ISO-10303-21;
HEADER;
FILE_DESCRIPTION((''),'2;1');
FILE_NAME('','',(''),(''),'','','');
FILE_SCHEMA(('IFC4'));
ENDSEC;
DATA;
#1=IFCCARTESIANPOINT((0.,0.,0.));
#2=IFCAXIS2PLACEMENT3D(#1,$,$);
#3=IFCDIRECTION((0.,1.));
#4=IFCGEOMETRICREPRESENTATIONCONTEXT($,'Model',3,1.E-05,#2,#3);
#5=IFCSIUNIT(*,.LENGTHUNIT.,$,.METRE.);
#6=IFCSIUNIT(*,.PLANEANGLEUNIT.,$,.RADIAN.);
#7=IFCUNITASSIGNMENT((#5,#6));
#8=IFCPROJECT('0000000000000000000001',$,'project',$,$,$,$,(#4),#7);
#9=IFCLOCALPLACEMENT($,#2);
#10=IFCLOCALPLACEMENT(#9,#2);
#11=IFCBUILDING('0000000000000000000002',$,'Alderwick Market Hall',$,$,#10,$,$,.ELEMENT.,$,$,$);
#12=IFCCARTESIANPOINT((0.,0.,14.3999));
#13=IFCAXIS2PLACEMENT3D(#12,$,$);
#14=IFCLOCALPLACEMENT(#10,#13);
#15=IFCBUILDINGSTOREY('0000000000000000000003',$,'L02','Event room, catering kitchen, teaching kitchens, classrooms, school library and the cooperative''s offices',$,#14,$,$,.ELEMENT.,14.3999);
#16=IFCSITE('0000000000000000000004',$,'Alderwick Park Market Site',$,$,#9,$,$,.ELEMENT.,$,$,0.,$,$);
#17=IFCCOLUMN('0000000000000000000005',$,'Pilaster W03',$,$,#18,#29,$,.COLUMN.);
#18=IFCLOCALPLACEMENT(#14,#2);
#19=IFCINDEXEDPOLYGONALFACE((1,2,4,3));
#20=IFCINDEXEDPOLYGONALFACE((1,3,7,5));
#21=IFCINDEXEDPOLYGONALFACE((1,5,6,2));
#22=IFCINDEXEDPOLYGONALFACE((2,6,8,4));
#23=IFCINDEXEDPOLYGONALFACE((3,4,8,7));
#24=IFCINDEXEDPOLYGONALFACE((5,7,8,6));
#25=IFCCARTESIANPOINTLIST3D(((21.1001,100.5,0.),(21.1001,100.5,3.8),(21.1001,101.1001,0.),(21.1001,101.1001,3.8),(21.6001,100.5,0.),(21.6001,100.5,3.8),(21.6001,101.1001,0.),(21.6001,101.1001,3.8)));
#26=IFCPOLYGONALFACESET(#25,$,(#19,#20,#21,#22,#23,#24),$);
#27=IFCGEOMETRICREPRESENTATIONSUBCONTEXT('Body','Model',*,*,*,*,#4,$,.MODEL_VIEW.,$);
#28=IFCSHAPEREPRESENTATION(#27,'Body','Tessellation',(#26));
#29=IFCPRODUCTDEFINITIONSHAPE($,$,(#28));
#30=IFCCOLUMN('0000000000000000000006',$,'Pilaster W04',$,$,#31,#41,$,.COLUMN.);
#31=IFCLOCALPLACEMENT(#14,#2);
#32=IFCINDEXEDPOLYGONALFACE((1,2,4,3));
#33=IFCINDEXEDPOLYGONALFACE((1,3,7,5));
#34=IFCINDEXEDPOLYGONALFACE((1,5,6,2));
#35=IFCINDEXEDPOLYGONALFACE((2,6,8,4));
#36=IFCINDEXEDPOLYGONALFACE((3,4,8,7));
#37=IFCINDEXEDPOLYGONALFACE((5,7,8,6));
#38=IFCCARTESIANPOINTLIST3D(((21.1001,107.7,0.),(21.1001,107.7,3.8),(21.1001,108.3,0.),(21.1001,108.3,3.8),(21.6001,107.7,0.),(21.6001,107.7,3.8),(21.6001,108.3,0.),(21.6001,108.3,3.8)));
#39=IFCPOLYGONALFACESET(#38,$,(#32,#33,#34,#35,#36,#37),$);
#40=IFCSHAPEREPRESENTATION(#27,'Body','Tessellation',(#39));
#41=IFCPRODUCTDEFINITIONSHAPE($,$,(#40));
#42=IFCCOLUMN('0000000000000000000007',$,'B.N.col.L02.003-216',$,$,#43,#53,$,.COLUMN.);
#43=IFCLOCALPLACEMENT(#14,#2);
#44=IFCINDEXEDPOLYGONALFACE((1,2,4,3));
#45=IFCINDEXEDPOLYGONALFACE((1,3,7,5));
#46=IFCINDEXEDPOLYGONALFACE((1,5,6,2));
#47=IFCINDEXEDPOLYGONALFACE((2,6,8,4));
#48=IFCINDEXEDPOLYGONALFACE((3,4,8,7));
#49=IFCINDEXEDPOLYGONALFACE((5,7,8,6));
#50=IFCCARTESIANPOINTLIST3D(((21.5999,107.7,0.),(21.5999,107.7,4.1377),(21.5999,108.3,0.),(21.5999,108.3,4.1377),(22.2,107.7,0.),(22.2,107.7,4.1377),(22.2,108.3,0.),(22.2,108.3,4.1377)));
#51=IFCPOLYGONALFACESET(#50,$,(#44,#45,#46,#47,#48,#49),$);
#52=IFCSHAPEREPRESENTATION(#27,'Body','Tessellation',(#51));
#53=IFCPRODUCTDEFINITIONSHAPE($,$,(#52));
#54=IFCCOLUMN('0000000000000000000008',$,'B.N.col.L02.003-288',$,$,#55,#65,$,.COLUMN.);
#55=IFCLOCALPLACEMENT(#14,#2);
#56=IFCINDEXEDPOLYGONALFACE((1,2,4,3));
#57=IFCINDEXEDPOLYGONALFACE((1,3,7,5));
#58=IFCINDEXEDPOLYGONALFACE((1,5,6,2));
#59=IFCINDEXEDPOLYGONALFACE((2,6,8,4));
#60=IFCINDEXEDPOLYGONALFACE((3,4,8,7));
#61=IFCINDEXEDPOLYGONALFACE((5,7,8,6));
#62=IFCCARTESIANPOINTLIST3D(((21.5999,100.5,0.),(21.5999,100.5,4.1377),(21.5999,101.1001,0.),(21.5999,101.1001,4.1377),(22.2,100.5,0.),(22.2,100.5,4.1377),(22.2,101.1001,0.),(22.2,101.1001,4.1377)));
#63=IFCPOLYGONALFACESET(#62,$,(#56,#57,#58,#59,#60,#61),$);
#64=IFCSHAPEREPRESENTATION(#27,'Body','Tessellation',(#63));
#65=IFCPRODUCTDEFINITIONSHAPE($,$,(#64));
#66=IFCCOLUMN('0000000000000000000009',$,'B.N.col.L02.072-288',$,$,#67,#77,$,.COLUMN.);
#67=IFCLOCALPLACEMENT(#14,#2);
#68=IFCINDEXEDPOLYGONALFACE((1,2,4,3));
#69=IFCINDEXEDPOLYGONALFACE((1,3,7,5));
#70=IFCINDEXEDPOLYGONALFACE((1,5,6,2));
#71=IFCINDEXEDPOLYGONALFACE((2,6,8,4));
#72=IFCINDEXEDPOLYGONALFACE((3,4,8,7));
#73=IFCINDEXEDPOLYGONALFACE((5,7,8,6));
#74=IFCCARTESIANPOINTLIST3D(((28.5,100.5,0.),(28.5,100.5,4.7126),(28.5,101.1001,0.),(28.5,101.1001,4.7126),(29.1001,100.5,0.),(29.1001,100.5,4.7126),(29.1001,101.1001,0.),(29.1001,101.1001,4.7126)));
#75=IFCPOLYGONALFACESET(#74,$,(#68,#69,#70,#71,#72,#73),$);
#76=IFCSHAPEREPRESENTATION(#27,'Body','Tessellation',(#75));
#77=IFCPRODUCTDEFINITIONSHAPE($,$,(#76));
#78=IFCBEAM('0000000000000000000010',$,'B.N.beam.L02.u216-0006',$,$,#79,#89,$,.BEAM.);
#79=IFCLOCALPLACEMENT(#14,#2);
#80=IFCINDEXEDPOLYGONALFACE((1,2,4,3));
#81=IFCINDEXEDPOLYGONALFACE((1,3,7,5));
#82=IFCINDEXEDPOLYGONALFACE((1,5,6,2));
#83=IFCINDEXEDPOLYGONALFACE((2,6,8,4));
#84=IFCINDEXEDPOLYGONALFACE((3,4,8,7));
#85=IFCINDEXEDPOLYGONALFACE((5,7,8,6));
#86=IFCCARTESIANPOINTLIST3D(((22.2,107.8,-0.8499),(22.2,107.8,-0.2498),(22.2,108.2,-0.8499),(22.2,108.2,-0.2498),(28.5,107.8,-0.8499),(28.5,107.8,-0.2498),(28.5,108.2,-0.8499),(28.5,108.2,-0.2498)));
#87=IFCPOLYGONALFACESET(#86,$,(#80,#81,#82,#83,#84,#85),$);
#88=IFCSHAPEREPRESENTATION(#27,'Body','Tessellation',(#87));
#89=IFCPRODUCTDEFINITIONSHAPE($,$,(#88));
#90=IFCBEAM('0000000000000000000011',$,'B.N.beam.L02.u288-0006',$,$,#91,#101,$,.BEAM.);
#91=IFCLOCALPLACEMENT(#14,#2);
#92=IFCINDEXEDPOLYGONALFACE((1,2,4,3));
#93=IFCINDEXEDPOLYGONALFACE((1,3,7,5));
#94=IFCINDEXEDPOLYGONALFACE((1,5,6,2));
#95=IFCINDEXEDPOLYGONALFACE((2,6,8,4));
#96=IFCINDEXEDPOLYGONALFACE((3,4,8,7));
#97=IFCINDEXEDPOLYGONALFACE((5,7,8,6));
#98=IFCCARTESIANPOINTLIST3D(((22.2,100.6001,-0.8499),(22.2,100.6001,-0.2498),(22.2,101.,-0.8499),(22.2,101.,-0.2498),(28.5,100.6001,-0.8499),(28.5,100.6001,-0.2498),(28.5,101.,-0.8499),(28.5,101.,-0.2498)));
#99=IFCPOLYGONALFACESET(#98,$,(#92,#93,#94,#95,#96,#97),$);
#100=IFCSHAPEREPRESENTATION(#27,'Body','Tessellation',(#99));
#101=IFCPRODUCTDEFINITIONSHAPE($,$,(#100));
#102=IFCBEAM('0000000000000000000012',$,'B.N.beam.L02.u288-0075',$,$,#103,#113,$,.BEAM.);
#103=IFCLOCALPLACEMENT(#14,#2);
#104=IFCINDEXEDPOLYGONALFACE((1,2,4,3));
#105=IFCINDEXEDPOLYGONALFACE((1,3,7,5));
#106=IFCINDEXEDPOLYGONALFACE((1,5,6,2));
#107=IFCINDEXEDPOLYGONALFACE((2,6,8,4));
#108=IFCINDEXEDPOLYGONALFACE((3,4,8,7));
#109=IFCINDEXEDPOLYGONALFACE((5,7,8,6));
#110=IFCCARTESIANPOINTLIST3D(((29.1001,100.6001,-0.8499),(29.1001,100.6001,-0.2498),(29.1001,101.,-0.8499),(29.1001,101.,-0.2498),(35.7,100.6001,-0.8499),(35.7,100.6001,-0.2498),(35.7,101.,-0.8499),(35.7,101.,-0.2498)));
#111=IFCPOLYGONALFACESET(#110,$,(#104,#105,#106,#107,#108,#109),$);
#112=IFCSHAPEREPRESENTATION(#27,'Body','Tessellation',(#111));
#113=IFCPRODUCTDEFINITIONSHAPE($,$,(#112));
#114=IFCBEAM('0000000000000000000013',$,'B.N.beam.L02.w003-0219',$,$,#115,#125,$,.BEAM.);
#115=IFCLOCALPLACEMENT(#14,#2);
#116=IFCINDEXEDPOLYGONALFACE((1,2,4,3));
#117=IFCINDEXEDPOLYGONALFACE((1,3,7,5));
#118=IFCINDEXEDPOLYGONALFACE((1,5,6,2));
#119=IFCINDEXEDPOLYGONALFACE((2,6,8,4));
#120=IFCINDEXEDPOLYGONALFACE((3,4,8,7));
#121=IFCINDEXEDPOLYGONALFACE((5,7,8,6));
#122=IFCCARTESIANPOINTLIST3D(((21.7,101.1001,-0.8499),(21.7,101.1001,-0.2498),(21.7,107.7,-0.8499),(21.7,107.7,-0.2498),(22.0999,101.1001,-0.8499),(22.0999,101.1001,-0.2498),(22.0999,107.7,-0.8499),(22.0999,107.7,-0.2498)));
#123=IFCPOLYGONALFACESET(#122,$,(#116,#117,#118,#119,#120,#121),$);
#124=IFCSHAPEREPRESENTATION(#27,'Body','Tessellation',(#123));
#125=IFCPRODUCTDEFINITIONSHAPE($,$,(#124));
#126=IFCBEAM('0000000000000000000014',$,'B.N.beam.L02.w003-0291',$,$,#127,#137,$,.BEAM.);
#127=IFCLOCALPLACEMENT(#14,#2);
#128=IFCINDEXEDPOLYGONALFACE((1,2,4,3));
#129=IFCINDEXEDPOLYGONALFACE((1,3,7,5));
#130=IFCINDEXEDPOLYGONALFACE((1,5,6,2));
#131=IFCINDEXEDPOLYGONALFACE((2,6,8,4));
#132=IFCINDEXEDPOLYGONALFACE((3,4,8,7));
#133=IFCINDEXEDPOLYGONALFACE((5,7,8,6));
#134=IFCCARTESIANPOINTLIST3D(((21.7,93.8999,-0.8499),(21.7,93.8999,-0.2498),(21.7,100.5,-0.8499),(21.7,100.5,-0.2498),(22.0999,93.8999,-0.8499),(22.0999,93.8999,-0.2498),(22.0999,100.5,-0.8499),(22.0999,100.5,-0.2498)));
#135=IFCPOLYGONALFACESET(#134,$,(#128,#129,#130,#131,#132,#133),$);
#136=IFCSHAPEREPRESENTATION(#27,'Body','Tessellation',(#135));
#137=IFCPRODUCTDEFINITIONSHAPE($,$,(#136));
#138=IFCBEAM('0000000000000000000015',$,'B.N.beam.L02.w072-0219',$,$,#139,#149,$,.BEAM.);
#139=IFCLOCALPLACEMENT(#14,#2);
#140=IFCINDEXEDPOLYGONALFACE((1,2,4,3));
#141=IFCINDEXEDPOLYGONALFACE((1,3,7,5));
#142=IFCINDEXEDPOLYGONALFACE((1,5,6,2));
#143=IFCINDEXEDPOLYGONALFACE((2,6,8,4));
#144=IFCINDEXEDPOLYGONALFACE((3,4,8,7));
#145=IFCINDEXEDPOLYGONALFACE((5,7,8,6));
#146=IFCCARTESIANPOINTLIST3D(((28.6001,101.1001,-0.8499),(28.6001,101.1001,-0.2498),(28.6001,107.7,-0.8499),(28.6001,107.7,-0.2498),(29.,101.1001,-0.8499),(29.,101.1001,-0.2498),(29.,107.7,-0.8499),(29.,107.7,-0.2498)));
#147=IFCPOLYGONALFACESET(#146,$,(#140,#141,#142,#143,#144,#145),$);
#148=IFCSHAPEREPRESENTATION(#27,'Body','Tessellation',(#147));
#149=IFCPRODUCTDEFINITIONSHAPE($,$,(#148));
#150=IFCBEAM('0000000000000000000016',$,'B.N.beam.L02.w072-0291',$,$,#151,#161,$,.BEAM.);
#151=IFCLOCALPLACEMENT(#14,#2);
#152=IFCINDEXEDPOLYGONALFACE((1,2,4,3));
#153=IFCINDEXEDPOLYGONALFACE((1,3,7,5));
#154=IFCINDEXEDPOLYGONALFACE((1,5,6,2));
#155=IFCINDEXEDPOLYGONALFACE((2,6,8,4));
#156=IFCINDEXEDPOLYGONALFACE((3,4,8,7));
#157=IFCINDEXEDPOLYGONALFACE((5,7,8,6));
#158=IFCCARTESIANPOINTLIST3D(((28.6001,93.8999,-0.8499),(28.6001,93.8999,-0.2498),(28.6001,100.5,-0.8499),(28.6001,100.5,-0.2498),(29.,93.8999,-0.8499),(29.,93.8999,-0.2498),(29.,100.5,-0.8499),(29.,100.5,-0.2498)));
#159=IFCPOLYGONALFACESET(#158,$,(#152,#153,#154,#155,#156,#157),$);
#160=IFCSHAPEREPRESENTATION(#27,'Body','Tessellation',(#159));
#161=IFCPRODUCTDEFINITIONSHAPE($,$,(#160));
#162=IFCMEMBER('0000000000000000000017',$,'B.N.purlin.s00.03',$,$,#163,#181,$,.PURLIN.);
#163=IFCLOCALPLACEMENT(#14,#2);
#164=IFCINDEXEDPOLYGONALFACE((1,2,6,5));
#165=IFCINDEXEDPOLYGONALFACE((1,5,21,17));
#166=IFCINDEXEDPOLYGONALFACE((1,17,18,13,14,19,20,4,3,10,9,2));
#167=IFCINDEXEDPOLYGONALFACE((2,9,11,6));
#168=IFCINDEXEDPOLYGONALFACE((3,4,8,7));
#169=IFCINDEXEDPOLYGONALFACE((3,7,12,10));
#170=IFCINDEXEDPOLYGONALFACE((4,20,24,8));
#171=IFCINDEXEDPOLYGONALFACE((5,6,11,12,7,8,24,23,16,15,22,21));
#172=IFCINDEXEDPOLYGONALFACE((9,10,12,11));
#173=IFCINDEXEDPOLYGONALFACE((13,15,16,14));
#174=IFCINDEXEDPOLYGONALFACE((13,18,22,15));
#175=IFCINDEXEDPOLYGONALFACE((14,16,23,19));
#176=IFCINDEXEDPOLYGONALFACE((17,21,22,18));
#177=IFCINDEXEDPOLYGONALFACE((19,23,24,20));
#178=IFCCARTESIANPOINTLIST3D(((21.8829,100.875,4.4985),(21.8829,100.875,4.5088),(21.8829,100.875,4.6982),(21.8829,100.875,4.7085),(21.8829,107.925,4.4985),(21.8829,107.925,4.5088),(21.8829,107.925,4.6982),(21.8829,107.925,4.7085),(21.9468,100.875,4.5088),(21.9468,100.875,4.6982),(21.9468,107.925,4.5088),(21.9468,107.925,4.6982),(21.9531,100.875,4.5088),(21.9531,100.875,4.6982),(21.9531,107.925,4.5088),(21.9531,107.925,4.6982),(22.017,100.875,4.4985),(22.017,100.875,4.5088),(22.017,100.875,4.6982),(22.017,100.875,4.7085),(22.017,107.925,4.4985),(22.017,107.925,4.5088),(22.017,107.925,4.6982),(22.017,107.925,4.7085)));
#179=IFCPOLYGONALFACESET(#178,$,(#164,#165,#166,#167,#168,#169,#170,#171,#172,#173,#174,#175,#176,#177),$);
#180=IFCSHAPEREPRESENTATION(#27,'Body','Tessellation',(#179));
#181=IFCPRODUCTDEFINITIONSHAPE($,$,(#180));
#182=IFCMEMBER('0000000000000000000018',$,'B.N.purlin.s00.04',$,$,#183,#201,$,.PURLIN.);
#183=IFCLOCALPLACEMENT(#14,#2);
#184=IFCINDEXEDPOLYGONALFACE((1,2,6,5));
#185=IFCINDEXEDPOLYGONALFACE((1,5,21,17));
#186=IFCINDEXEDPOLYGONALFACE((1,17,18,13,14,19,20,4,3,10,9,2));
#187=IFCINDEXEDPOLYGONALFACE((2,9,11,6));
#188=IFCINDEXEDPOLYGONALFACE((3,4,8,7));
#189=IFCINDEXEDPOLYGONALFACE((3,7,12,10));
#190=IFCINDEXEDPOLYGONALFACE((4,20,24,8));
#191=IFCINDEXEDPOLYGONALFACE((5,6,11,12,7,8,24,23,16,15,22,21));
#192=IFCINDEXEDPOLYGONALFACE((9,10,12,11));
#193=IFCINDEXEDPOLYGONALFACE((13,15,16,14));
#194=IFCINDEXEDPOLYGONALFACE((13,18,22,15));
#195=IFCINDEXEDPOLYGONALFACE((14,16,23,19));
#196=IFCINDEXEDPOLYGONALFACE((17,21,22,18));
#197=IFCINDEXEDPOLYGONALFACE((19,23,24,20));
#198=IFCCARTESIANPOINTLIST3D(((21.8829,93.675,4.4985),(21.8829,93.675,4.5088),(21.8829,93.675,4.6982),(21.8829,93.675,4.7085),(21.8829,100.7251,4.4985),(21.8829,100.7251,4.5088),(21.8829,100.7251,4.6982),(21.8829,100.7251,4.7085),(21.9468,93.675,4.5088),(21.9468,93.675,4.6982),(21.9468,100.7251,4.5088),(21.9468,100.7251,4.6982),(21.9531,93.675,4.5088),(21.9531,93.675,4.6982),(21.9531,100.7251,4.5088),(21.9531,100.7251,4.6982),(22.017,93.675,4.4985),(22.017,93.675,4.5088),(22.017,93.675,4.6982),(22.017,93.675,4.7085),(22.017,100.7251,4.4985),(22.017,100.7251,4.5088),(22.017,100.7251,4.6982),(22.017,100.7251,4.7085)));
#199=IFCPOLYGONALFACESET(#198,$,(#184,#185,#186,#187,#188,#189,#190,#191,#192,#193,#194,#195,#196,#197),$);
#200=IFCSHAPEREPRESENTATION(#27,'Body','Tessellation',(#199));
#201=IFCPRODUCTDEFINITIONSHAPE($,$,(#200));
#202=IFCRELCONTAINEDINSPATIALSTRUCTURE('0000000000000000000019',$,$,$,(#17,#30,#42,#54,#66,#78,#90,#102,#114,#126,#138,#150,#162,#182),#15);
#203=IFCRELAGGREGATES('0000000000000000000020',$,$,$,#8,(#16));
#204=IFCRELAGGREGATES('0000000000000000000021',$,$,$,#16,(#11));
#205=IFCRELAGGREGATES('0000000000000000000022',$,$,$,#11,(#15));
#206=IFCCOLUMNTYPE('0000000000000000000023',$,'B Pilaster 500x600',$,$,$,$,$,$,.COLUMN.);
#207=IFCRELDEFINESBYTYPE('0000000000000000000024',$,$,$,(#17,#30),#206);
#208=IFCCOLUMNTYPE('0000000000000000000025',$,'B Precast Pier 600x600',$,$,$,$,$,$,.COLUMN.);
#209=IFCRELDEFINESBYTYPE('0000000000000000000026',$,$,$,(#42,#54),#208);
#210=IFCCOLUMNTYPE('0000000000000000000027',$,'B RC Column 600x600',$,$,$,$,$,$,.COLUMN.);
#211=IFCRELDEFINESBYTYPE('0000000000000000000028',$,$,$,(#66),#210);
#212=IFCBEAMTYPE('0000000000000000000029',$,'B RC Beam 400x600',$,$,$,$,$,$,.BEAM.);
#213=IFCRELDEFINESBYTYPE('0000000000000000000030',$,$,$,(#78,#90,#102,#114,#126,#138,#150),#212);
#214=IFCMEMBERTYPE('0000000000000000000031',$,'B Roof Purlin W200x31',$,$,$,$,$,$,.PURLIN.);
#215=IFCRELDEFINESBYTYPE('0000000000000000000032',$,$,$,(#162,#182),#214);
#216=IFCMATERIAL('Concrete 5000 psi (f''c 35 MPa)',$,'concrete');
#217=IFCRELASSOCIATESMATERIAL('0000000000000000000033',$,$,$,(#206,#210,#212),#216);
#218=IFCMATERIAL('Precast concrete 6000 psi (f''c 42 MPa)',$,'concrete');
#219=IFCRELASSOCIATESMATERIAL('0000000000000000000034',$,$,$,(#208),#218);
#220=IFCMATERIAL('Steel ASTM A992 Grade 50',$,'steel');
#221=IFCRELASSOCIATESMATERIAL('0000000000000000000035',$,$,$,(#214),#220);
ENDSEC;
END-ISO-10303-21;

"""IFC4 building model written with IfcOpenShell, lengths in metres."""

from ifc_helpers import new_model, si_unit, direction, frame, origin, origin_2d, place, context, subcontext, project, spatial, rectangle, i_section, extrude, material, material_profile, profile_set, type_object, element, save


model = new_model("IFC4")

# Units and contexts
model_context = context("Model", 3, precision=1e-05, world=origin(), true_north=direction((0.0, 1.0)))
body_context = subcontext(model_context, "Body", "Model", "MODEL_VIEW")
ifc_project = project(units=[si_unit("LENGTHUNIT", "METRE"), si_unit("PLANEANGLEUNIT", "RADIAN")], contexts=[model_context])

# Site, building, storey
site_placement = place(None, origin())
site = spatial("IfcSite", under=ifc_project, at=site_placement, Name="Alderwick Park Market Site", CompositionType="ELEMENT", RefElevation=0.0)
building_placement = place(site_placement, origin())
building = spatial("IfcBuilding", under=site, at=building_placement, Name="Alderwick Market Hall", CompositionType="ELEMENT")
storey_placement = place(building_placement, frame((0.0, 0.0, 14.3999)))
storey = spatial("IfcBuildingStorey", under=building, at=storey_placement, Name="L02", Description="Event room, catering kitchen, teaching kitchens, classrooms, school library and the cooperative's offices", CompositionType="ELEMENT", Elevation=14.3999)

# Columns
ifc_material_1 = material(Name="Concrete 5000 psi (f'c 35 MPa)", Category="concrete")
ifc_material_profile_1 = material_profile(ifc_material_1, rectangle(XDim=0.5, YDim=0.6001, at=origin_2d()), Name="B Pilaster 500x600")
ifc_profile_set_1 = profile_set([ifc_material_profile_1], Name="Concrete 5000 psi (f'c 35 MPa)")
column_type_1 = type_object("IfcColumnType", Name="B Pilaster 500x600", PredefinedType="COLUMN", material=ifc_profile_set_1)
for number, where, z_axis, x_axis, name in (
    (1, (21.3501, 100.8, 0.0), (0.0, 0.0, 1.0), (1.0, 0.0, 0.0), "Pilaster W03"),
    (2, (21.3501, 108.0, 0.0), (0.0, 0.0, 1.0), (1.0, 0.0, 0.0), "Pilaster W04"),
):
    element("IfcColumn", number, at=place(storey_placement, frame(where, z_axis=z_axis, x_axis=x_axis)), inside=storey, type_object=column_type_1, Name=name, PredefinedType="COLUMN", context=body_context, shape_type="SweptSolid", body=[
        extrude(rectangle(XDim=0.5, YDim=0.6001, at=origin_2d()), origin(), (0.0, 0.0, 1.0), 3.8),
    ])
ifc_material_2 = material(Name="Precast concrete 6000 psi (f'c 42 MPa)", Category="concrete")
ifc_material_profile_2 = material_profile(ifc_material_2, rectangle(XDim=0.6001, YDim=0.6001, at=origin_2d()), Name="B Precast Pier 600x600")
ifc_profile_set_2 = profile_set([ifc_material_profile_2], Name="Precast concrete 6000 psi (f'c 42 MPa)")
column_type_2 = type_object("IfcColumnType", Name="B Precast Pier 600x600", PredefinedType="COLUMN", material=ifc_profile_set_2)
for number, where, z_axis, x_axis, name in (
    (3, (21.8999, 108.0, 0.0), (0.0, 0.0, 1.0), (1.0, 0.0, 0.0), "B.N.col.L02.003-216"),
    (4, (21.8999, 100.8, 0.0), (0.0, 0.0, 1.0), (1.0, 0.0, 0.0), "B.N.col.L02.003-288"),
):
    element("IfcColumn", number, at=place(storey_placement, frame(where, z_axis=z_axis, x_axis=x_axis)), inside=storey, type_object=column_type_2, Name=name, PredefinedType="COLUMN", context=body_context, shape_type="SweptSolid", body=[
        extrude(rectangle(XDim=0.6001, YDim=0.6001, at=origin_2d()), origin(), (0.0, 0.0, 1.0), 4.1377),
    ])
ifc_material_profile_3 = material_profile(ifc_material_1, rectangle(XDim=0.6001, YDim=0.6001, at=origin_2d()), Name="B RC Column 600x600")
ifc_profile_set_3 = profile_set([ifc_material_profile_3], Name="Concrete 5000 psi (f'c 35 MPa)")
column_type_3 = type_object("IfcColumnType", Name="B RC Column 600x600", PredefinedType="COLUMN", material=ifc_profile_set_3)
column_placement = place(storey_placement, frame((28.8, 100.8, 0.0), z_axis=(0.0, 0.0, 1.0), x_axis=(1.0, 0.0, 0.0)))
element("IfcColumn", 5, at=column_placement, inside=storey, type_object=column_type_3, Name="B.N.col.L02.072-288", PredefinedType="COLUMN", context=body_context, shape_type="SweptSolid", body=[
    extrude(rectangle(XDim=0.6001, YDim=0.6001, at=origin_2d()), origin(), (0.0, 0.0, 1.0), 4.7126),
])

# Beams
ifc_material_profile_4 = material_profile(ifc_material_1, rectangle(XDim=0.3999, YDim=0.6001, at=origin_2d()), Name="B RC Beam 400x600")
ifc_profile_set_4 = profile_set([ifc_material_profile_4], Name="Concrete 5000 psi (f'c 35 MPa)")
beam_type_1 = type_object("IfcBeamType", Name="B RC Beam 400x600", PredefinedType="BEAM", material=ifc_profile_set_4)
for number, where, z_axis, x_axis, name in (
    (6, (22.2, 108.0, -0.5498), (1.0, 0.0, 0.0), (0.0, 1.0, 0.0), "B.N.beam.L02.u216-0006"),
    (7, (22.2, 100.8, -0.5498), (1.0, 0.0, 0.0), (0.0, 1.0, 0.0), "B.N.beam.L02.u288-0006"),
):
    element("IfcBeam", number, at=place(storey_placement, frame(where, z_axis=z_axis, x_axis=x_axis)), inside=storey, type_object=beam_type_1, Name=name, PredefinedType="BEAM", context=body_context, shape_type="SweptSolid", body=[
        extrude(rectangle(XDim=0.3999, YDim=0.6001, at=origin_2d()), origin(), (0.0, 0.0, 1.0), 6.3),
    ])
for number, where, z_axis, x_axis, name in (
    (8, (29.1001, 100.8, -0.5498), (1.0, 0.0, 0.0), (0.0, 1.0, 0.0), "B.N.beam.L02.u288-0075"),
    (9, (21.8999, 107.7, -0.5498), (0.0, -1.0, 0.0), (1.0, 0.0, 0.0), "B.N.beam.L02.w003-0219"),
):
    element("IfcBeam", number, at=place(storey_placement, frame(where, z_axis=z_axis, x_axis=x_axis)), inside=storey, type_object=beam_type_1, Name=name, PredefinedType="BEAM", context=body_context, shape_type="SweptSolid", body=[
        extrude(rectangle(XDim=0.3999, YDim=0.6001, at=origin_2d()), origin(), (0.0, 0.0, 1.0), 6.5999),
    ])
beam_1_placement = place(storey_placement, frame((21.8999, 100.5, -0.5498), z_axis=(0.0, -1.0, 0.0), x_axis=(1.0, 0.0, 0.0)))
element("IfcBeam", 10, at=beam_1_placement, inside=storey, type_object=beam_type_1, Name="B.N.beam.L02.w003-0291", PredefinedType="BEAM", context=body_context, shape_type="SweptSolid", body=[
    extrude(rectangle(XDim=0.3999, YDim=0.6001, at=origin_2d()), origin(), (0.0, 0.0, 1.0), 6.6001),
])
beam_2_placement = place(storey_placement, frame((28.8, 107.7, -0.5498), z_axis=(0.0, -1.0, 0.0), x_axis=(1.0, 0.0, 0.0)))
element("IfcBeam", 11, at=beam_2_placement, inside=storey, type_object=beam_type_1, Name="B.N.beam.L02.w072-0219", PredefinedType="BEAM", context=body_context, shape_type="SweptSolid", body=[
    extrude(rectangle(XDim=0.3999, YDim=0.6001, at=origin_2d()), origin(), (0.0, 0.0, 1.0), 6.5999),
])
beam_3_placement = place(storey_placement, frame((28.8, 100.5, -0.5498), z_axis=(0.0, -1.0, 0.0), x_axis=(1.0, 0.0, 0.0)))
element("IfcBeam", 12, at=beam_3_placement, inside=storey, type_object=beam_type_1, Name="B.N.beam.L02.w072-0291", PredefinedType="BEAM", context=body_context, shape_type="SweptSolid", body=[
    extrude(rectangle(XDim=0.3999, YDim=0.6001, at=origin_2d()), origin(), (0.0, 0.0, 1.0), 6.6001),
])

# Members
ifc_material_3 = material(Name="Steel ASTM A992 Grade 50", Category="steel")
ifc_material_profile_5 = material_profile(ifc_material_3, i_section(OverallWidth=0.134, OverallDepth=0.21, WebThickness=0.0063, FlangeThickness=0.0103, at=origin_2d()), Name="W200x31")
ifc_profile_set_5 = profile_set([ifc_material_profile_5], Name="Steel ASTM A992 Grade 50")
member_type = type_object("IfcMemberType", Name="B Roof Purlin W200x31", PredefinedType="PURLIN", material=ifc_profile_set_5)
for number, where, z_axis, x_axis, name in (
    (13, (21.95, 107.925, 4.6035), (0.0, -1.0, 0.0), (1.0, 0.0, 0.0), "B.N.purlin.s00.03"),
    (14, (21.95, 100.7251, 4.6035), (0.0, -1.0, 0.0), (1.0, 0.0, 0.0), "B.N.purlin.s00.04"),
):
    element("IfcMember", number, at=place(storey_placement, frame(where, z_axis=z_axis, x_axis=x_axis)), inside=storey, type_object=member_type, Name=name, PredefinedType="PURLIN", context=body_context, shape_type="SweptSolid", body=[
        extrude(i_section(OverallWidth=0.134, OverallDepth=0.21, WebThickness=0.0063, FlangeThickness=0.0103, at=origin_2d()), origin(), (0.0, 0.0, 1.0), 7.05),
    ])

save(model, "model.ifc")
